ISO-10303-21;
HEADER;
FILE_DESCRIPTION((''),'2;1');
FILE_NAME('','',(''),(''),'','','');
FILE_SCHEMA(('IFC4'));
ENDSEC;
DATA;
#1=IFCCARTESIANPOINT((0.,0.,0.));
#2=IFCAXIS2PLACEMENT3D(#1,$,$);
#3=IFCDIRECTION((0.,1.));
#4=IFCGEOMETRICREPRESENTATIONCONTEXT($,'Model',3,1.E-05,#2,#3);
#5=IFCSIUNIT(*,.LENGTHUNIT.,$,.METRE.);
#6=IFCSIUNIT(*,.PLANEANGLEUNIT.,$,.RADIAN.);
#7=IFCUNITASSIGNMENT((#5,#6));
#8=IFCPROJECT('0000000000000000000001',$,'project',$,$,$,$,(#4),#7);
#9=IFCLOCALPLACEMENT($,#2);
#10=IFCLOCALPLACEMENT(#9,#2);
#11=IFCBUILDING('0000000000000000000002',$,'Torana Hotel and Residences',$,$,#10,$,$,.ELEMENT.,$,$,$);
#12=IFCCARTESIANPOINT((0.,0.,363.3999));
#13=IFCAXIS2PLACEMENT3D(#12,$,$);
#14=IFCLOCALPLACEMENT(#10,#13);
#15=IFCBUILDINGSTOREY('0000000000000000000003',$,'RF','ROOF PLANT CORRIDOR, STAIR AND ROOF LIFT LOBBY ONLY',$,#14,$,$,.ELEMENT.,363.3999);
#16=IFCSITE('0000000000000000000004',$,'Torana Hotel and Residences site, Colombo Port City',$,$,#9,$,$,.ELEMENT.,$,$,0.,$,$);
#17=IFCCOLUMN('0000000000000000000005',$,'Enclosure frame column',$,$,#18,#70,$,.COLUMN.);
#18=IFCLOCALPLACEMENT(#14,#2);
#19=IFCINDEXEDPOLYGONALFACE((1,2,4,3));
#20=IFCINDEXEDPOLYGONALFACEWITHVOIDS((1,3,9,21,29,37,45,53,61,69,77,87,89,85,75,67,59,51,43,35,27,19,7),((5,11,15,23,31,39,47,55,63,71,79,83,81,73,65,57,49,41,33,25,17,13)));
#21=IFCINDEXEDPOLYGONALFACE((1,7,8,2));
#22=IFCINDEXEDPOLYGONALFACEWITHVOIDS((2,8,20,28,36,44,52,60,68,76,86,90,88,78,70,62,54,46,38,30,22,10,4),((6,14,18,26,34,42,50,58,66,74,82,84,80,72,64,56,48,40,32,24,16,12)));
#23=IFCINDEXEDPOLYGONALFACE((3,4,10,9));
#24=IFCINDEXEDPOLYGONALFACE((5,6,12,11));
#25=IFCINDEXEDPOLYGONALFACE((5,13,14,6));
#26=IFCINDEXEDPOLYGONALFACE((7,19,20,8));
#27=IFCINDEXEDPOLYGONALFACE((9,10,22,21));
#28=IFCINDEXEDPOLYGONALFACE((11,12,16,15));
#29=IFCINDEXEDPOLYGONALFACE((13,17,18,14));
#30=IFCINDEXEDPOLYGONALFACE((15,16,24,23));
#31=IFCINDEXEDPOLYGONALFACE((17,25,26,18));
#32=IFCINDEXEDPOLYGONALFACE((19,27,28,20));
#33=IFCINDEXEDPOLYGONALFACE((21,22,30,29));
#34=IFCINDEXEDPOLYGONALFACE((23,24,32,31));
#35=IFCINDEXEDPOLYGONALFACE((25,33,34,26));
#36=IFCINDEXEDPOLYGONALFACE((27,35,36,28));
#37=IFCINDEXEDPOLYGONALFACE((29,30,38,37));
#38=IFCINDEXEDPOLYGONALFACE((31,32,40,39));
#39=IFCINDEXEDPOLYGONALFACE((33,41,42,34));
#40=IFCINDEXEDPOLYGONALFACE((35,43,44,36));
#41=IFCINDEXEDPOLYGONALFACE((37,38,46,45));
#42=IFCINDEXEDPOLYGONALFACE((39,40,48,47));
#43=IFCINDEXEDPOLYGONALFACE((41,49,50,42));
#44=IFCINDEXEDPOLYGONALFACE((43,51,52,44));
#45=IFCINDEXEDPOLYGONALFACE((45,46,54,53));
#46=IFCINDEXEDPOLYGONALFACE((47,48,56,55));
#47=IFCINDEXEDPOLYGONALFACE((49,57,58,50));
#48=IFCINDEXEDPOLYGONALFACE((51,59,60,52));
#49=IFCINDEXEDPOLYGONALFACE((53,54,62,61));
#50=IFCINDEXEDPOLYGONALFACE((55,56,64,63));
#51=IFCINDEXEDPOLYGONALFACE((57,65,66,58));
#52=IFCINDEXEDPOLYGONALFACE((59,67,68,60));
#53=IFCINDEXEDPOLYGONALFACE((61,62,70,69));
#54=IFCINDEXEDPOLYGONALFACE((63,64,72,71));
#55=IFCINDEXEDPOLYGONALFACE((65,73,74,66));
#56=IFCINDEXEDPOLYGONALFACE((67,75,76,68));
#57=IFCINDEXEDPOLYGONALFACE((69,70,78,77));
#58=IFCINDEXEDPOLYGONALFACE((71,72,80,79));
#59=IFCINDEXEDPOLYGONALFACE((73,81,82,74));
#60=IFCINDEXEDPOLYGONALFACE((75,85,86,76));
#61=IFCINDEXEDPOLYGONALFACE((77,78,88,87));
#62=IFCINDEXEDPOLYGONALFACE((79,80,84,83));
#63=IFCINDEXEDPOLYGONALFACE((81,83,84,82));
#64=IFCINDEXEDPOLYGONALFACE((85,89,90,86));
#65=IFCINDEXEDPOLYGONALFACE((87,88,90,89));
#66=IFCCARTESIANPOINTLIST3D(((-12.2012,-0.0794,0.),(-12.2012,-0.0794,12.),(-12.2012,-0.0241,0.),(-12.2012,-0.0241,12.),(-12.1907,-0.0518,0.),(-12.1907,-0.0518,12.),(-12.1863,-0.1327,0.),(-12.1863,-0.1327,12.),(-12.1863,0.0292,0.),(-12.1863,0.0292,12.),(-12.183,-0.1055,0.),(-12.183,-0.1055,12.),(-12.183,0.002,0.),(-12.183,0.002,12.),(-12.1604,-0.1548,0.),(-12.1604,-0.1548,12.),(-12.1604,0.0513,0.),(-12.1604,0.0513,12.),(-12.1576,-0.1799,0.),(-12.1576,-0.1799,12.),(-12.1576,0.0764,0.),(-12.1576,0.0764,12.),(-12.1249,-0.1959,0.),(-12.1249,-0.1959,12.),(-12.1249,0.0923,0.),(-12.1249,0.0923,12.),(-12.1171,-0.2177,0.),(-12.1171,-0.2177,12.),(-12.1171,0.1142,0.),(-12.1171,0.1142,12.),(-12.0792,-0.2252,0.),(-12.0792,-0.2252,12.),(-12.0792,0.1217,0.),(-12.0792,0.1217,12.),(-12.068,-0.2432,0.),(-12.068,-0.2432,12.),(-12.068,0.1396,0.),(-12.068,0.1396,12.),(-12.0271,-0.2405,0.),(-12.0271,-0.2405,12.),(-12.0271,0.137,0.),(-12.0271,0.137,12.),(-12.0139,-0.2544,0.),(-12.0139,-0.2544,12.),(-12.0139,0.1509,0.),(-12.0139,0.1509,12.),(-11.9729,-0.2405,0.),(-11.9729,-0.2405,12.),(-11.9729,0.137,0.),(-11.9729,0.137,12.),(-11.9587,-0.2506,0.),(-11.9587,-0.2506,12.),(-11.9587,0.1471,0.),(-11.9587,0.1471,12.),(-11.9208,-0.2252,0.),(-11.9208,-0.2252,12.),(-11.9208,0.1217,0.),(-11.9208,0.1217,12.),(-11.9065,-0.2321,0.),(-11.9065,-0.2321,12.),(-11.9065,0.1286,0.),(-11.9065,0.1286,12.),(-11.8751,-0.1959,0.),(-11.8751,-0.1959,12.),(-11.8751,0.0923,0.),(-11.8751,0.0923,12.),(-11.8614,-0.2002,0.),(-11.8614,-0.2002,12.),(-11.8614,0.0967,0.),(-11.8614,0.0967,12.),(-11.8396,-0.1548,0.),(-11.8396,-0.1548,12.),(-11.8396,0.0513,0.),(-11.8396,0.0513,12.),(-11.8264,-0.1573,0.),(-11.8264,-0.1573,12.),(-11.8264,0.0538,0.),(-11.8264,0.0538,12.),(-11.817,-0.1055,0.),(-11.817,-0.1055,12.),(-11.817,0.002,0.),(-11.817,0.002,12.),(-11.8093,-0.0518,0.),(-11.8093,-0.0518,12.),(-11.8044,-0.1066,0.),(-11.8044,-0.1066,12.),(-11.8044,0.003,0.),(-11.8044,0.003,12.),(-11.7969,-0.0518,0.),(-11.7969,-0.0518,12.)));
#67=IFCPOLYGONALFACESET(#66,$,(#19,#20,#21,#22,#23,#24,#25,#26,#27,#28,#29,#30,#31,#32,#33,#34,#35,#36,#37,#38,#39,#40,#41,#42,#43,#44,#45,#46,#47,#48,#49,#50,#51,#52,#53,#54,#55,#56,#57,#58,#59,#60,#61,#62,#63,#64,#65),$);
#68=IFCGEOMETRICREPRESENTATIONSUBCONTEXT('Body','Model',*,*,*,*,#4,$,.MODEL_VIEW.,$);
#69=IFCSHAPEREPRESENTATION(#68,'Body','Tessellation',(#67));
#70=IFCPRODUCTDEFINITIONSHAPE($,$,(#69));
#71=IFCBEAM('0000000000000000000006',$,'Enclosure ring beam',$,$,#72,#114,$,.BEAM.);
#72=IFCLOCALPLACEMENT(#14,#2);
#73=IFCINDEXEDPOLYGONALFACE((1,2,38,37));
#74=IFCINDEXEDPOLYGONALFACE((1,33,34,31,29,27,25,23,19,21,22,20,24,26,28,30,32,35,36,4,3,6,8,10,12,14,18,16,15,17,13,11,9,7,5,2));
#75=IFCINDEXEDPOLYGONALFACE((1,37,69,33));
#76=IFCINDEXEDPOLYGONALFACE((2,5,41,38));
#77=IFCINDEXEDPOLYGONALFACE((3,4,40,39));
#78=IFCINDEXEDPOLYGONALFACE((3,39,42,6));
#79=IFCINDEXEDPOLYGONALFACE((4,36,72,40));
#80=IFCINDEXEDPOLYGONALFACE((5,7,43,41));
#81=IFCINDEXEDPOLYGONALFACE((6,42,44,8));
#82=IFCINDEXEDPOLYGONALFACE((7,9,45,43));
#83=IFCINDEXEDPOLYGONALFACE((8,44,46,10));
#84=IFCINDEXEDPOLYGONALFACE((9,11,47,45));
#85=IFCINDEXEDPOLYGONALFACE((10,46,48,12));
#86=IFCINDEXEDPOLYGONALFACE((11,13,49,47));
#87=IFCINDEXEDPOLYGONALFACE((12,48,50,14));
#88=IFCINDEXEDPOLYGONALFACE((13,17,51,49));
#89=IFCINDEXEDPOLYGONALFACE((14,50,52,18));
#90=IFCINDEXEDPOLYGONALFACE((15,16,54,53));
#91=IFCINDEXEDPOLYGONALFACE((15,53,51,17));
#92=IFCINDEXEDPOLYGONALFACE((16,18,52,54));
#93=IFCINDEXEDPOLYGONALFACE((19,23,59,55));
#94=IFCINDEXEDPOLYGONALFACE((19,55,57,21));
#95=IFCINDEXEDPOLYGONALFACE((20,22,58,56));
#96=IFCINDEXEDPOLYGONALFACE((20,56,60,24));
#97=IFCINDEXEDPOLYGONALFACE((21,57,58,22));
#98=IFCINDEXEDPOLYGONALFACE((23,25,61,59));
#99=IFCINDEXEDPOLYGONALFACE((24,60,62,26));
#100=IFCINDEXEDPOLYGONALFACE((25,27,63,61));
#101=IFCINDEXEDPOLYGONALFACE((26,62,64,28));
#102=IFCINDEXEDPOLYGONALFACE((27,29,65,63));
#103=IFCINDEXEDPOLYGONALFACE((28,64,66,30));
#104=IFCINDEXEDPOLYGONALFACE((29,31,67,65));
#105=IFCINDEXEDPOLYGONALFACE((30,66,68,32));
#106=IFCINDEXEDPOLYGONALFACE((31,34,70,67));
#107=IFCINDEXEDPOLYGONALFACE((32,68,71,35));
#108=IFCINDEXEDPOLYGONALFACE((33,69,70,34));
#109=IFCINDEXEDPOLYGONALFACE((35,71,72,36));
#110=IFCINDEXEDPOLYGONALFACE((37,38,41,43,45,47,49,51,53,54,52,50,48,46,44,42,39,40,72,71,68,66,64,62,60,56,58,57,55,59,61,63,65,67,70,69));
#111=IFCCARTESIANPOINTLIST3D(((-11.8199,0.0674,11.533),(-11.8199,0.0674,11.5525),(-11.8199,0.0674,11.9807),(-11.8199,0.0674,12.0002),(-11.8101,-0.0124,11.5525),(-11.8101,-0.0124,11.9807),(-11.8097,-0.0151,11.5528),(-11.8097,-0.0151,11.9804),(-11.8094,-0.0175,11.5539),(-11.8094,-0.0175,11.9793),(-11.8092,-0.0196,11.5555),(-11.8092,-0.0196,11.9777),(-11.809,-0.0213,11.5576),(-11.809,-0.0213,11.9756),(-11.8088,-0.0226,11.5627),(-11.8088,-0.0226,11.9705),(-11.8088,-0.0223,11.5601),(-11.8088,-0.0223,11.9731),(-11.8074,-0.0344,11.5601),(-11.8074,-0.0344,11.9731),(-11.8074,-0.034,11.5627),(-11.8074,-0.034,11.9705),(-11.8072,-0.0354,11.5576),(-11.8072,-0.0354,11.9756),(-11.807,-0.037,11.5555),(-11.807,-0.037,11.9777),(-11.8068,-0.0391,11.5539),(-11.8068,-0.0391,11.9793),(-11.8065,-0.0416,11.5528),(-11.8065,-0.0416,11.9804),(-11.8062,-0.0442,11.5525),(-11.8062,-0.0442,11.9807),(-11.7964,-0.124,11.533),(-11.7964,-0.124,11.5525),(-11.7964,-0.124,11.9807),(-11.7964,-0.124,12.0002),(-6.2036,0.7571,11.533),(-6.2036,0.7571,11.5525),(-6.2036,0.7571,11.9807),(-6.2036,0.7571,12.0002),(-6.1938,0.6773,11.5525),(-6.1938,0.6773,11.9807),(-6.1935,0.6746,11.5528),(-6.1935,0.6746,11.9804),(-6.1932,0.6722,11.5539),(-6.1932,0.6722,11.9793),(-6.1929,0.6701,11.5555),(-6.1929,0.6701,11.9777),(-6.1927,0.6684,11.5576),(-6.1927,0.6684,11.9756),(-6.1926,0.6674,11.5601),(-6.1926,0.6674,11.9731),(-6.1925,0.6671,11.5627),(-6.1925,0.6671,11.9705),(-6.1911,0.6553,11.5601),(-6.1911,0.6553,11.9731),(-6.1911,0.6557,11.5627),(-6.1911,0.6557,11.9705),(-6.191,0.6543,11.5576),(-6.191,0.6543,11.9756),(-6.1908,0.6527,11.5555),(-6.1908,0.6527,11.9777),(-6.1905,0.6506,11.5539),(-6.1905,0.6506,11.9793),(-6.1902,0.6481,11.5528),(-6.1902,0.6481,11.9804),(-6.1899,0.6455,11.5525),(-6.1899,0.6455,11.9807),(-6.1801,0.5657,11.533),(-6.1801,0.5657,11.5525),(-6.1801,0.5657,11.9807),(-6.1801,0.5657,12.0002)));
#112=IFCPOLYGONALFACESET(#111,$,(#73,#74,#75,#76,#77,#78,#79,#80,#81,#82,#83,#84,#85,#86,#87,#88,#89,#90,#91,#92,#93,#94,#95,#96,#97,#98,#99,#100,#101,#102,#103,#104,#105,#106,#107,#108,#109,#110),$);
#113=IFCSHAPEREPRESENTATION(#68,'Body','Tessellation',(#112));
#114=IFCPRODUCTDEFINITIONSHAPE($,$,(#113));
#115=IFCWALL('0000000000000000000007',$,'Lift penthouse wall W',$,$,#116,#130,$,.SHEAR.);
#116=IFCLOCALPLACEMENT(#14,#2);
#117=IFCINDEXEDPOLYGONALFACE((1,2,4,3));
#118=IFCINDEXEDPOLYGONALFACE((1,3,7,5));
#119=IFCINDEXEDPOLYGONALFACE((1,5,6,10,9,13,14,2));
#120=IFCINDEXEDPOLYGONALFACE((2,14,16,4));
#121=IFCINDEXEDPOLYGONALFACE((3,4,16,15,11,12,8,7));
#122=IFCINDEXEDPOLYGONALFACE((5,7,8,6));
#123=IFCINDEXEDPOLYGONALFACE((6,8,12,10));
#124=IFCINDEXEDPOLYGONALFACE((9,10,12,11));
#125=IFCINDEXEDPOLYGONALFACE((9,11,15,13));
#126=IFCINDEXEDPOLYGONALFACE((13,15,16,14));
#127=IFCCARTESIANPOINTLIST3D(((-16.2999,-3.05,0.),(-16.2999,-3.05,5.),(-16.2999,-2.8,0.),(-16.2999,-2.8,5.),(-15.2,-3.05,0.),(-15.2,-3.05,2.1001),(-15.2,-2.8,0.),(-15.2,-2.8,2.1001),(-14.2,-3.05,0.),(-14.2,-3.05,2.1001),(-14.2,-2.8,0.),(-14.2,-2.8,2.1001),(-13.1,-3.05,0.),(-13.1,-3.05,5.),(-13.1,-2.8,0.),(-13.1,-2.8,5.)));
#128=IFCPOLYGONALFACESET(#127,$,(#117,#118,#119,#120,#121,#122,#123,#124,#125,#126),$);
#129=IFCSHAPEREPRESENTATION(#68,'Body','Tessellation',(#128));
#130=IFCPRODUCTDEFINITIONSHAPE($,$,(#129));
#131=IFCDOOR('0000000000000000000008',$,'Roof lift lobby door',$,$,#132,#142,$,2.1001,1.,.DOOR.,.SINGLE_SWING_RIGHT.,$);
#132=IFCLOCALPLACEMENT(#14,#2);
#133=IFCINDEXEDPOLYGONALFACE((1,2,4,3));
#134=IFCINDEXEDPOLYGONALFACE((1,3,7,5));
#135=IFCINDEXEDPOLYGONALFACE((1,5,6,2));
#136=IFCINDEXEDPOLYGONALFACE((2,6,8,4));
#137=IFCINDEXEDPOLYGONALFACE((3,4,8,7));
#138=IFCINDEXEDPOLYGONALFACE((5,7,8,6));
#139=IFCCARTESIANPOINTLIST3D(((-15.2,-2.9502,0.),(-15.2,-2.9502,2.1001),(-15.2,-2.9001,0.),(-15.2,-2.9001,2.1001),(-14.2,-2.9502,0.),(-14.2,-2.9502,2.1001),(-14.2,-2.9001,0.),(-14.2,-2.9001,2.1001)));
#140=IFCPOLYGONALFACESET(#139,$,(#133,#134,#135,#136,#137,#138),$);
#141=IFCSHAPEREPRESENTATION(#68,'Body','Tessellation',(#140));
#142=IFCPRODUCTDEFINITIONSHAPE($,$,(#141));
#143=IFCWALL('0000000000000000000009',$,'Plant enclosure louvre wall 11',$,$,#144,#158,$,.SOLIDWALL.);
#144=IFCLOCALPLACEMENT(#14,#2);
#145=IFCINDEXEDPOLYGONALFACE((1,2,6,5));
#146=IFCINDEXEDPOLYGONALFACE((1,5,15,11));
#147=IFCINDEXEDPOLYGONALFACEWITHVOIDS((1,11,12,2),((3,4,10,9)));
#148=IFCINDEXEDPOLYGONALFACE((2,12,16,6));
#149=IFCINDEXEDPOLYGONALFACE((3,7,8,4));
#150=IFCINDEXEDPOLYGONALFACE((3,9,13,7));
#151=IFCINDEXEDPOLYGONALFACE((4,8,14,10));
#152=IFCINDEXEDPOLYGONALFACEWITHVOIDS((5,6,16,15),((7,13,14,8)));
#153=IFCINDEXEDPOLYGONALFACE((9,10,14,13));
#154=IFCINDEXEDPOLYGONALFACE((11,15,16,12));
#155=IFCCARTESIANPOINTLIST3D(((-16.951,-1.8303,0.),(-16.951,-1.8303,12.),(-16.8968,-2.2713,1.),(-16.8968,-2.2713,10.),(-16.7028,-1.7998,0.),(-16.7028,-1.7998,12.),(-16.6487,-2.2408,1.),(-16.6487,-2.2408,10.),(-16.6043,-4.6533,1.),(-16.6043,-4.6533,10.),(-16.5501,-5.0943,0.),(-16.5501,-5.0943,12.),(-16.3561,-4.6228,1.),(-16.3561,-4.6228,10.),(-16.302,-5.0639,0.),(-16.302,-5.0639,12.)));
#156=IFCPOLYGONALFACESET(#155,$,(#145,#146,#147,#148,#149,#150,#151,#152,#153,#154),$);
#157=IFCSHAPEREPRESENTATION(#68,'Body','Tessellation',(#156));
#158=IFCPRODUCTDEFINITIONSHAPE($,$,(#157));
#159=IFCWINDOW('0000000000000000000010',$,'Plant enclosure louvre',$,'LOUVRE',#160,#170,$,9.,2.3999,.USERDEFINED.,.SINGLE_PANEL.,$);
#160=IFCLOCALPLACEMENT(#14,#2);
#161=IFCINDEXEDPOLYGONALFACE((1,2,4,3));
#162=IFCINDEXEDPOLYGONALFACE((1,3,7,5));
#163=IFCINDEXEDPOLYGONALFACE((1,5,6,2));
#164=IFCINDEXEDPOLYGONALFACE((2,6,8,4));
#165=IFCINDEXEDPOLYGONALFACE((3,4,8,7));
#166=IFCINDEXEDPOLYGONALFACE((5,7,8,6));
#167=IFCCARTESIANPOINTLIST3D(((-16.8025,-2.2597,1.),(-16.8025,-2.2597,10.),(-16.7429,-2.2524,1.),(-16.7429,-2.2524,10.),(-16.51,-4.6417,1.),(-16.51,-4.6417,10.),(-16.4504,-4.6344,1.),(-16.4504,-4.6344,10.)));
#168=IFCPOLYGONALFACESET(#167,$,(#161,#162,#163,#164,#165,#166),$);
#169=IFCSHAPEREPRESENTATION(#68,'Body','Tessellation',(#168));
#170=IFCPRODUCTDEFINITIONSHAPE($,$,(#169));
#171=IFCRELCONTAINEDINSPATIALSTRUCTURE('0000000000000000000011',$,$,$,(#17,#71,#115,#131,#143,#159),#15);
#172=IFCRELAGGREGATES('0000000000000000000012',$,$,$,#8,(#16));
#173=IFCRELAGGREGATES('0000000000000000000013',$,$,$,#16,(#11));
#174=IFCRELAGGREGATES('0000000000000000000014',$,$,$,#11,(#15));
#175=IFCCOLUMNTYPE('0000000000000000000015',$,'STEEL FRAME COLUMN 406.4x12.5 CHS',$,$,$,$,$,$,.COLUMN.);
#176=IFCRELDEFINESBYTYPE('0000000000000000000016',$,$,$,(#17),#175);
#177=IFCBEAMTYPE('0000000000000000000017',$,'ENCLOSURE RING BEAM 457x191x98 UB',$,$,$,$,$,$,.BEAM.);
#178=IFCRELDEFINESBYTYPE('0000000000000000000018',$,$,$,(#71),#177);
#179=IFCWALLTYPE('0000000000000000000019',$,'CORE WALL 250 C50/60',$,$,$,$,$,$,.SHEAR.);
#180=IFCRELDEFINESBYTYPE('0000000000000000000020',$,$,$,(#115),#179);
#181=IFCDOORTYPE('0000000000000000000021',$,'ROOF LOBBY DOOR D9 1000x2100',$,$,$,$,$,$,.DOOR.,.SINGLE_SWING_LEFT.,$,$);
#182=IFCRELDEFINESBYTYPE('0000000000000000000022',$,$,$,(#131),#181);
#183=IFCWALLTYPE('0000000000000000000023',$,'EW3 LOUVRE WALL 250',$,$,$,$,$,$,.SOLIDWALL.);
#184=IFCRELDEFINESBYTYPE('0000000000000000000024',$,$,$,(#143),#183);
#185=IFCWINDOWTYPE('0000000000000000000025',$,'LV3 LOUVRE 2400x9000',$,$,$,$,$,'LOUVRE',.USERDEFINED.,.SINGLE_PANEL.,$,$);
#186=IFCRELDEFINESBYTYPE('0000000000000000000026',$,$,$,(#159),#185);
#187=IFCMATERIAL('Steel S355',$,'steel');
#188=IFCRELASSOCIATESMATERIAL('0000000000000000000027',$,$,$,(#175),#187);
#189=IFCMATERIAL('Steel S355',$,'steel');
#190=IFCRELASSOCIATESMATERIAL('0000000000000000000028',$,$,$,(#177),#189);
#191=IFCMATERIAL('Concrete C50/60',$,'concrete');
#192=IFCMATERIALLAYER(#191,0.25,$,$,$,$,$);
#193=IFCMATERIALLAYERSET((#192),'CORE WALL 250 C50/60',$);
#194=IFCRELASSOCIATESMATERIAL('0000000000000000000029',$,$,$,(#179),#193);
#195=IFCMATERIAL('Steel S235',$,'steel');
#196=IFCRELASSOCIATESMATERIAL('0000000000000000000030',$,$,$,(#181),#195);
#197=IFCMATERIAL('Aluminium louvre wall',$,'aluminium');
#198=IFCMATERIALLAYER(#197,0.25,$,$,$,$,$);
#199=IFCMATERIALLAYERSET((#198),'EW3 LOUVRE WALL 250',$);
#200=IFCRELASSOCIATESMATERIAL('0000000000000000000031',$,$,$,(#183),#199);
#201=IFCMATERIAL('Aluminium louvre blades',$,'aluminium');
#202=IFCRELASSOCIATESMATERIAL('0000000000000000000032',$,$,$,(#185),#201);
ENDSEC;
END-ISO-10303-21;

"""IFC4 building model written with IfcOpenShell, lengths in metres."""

from ifc_helpers import new_model, si_unit, direction, frame, frame_2d, origin, origin_2d, place, context, subcontext, project, spatial, rectangle, hollow_circle, i_section, extrude, material, layer, layer_set, material_profile, profile_set, type_object, element, fill, save


model = new_model("IFC4")

# Units and contexts
model_context = context("Model", 3, precision=1e-05, world=origin(), true_north=direction((0.0, 1.0)))
body_context = subcontext(model_context, "Body", "Model", "MODEL_VIEW")
ifc_project = project(units=[si_unit("LENGTHUNIT", "METRE"), si_unit("PLANEANGLEUNIT", "RADIAN")], contexts=[model_context])

# Site, building, storey
site_placement = place(None, origin())
site = spatial("IfcSite", under=ifc_project, at=site_placement, Name="Torana Hotel and Residences site, Colombo Port City", CompositionType="ELEMENT", RefElevation=0.0)
building_placement = place(site_placement, origin())
building = spatial("IfcBuilding", under=site, at=building_placement, Name="Torana Hotel and Residences", CompositionType="ELEMENT")
storey_placement = place(building_placement, frame((0.0, 0.0, 363.3999)))
storey = spatial("IfcBuildingStorey", under=building, at=storey_placement, Name="RF", Description="ROOF PLANT CORRIDOR, STAIR AND ROOF LIFT LOBBY ONLY", CompositionType="ELEMENT", Elevation=363.3999)

# Column
ifc_material_1 = material(Name="Steel S355", Category="steel")
ifc_material_profile_1 = material_profile(ifc_material_1, hollow_circle(Radius=0.2031, WallThickness=0.0125, at=origin_2d()), Name="406.4x12.5 CHS")
ifc_profile_set_1 = profile_set([ifc_material_profile_1], Name="Steel S355")
column_type = type_object("IfcColumnType", Name="STEEL FRAME COLUMN 406.4x12.5 CHS", PredefinedType="COLUMN", material=ifc_profile_set_1)
column_placement = place(storey_placement, frame((-12.0, -0.0518, 0.0), z_axis=(0.0, 0.0, 1.0), x_axis=(1.0, 0.0, 0.0)))
element("IfcColumn", 1, at=column_placement, inside=storey, type_object=column_type, Name="Enclosure frame column", PredefinedType="COLUMN", context=body_context, shape_type="SweptSolid", body=[
    extrude(hollow_circle(Radius=0.2031, WallThickness=0.0125, at=origin_2d()), origin(), (0.0, 0.0, 1.0), 12.0),
])

# Beam
ifc_material_2 = material(Name="Steel S355", Category="steel")
ifc_material_profile_2 = material_profile(ifc_material_2, i_section(OverallWidth=0.1929, OverallDepth=0.4673, WebThickness=0.0115, FlangeThickness=0.0195, FilletRadius=0.0103, at=origin_2d()), Name="457x191x98 UB")
ifc_profile_set_2 = profile_set([ifc_material_profile_2], Name="Steel S355")
beam_type = type_object("IfcBeamType", Name="ENCLOSURE RING BEAM 457x191x98 UB", PredefinedType="BEAM", material=ifc_profile_set_2)
beam_placement = place(storey_placement, frame((-11.8081, -0.0283, 11.7666), z_axis=(0.992544, 0.121889, 0.0), x_axis=(-0.121889, 0.992544, 0.0)))
element("IfcBeam", 2, at=beam_placement, inside=storey, type_object=beam_type, Name="Enclosure ring beam", PredefinedType="BEAM", context=body_context, shape_type="SweptSolid", body=[
    extrude(i_section(OverallWidth=0.1929, OverallDepth=0.4673, WebThickness=0.0115, FlangeThickness=0.0195, FilletRadius=0.0103, at=origin_2d()), origin(), (0.0, 0.0, 1.0), 5.6584),
])

# Wall, opening, door
ifc_material_3 = material(Name="Concrete C50/60", Category="concrete")
ifc_layer_1 = layer(ifc_material_3, 0.25)
ifc_layer_set_1 = layer_set([ifc_layer_1], Name="CORE WALL 250 C50/60")
wall_type_1 = type_object("IfcWallType", Name="CORE WALL 250 C50/60", PredefinedType="SHEAR", material=ifc_layer_set_1)
wall_1_placement = place(storey_placement, frame((-16.3, -2.925, 0.0), z_axis=(0.0, 0.0, 1.0), x_axis=(1.0, 0.0, 0.0)))
wall_1 = element("IfcWall", 3, at=wall_1_placement, inside=storey, type_object=wall_type_1, Name="Lift penthouse wall W", PredefinedType="SHEAR", context=body_context, shape_type="SweptSolid", body=[
    extrude(rectangle(XDim=3.2, YDim=0.25, at=frame_2d((1.6001, 0.0))), origin(), (0.0, 0.0, 1.0), 5.0),
])
opening_1_placement = place(wall_1_placement, frame((1.1001, 0.0, 0.0)))
opening_1 = element("IfcOpeningElement", 4, at=opening_1_placement, cuts=wall_1, PredefinedType="OPENING", context=body_context, shape_type="SweptSolid", body=[
    extrude(rectangle(XDim=1.0, YDim=2.1001, at=frame_2d((0.5, 1.05))), frame((0.0, 0.135, 0.0), z_axis=(0.0, -1.0, 0.0), x_axis=(1.0, 0.0, 0.0)), (0.0, 0.0, 1.0), 0.27),
])
ifc_material_4 = material(Name="Steel S235", Category="steel")
door_type_1 = type_object("IfcDoorType", Name="ROOF LOBBY DOOR D9 1000x2100", OperationType="SINGLE_SWING_LEFT", PredefinedType="DOOR", material=ifc_material_4)
door_1_placement = place(opening_1_placement, origin())
door_1 = element("IfcDoor", 5, at=door_1_placement, inside=storey, type_object=door_type_1, Name="Roof lift lobby door", OperationType="SINGLE_SWING_RIGHT", OverallHeight=2.1001, OverallWidth=1.0, PredefinedType="DOOR", context=body_context, shape_type="SweptSolid", body=[
    extrude(rectangle(XDim=1.0, YDim=2.1001, at=frame_2d((0.5, 1.05))), frame((0.0, 0.0249, 0.0), z_axis=(0.0, -1.0, 0.0), x_axis=(1.0, 0.0, 0.0)), (0.0, 0.0, 1.0), 0.05),
])
fill(opening_1, door_1)

# Wall, opening, window
ifc_material_5 = material(Name="Aluminium louvre wall", Category="aluminium")
ifc_layer_2 = layer(ifc_material_5, 0.25)
ifc_layer_set_2 = layer_set([ifc_layer_2], Name="EW3 LOUVRE WALL 250")
wall_type_2 = type_object("IfcWallType", Name="EW3 LOUVRE WALL 250", PredefinedType="SOLIDWALL", material=ifc_layer_set_2)
wall_2_placement = place(storey_placement, frame((-16.426, -5.0791, 0.0), z_axis=(0.0, 0.0, 1.0), x_axis=(-0.121896, 0.992543, 0.0)))
wall_2 = element("IfcWall", 6, at=wall_2_placement, inside=storey, type_object=wall_type_2, Name="Plant enclosure louvre wall 11", PredefinedType="SOLIDWALL", context=body_context, shape_type="SweptSolid", body=[
    extrude(rectangle(XDim=3.2886, YDim=0.25, at=frame_2d((1.6443, 0.0))), origin(), (0.0, 0.0, 1.0), 12.0),
])
opening_2_placement = place(wall_2_placement, frame((0.4443, 0.0, 1.0)))
opening_2 = element("IfcOpeningElement", 7, at=opening_2_placement, cuts=wall_2, PredefinedType="OPENING", context=body_context, shape_type="SweptSolid", body=[
    extrude(rectangle(XDim=2.3999, YDim=9.0, at=frame_2d((1.2, 4.5))), frame((0.0, 0.135, 0.0), z_axis=(0.0, -1.0, 0.0), x_axis=(1.0, 0.0, 0.0)), (0.0, 0.0, 1.0), 0.27),
])
ifc_material_6 = material(Name="Aluminium louvre blades", Category="aluminium")
window_type = type_object("IfcWindowType", Name="LV3 LOUVRE 2400x9000", ElementType="LOUVRE", PartitioningType="SINGLE_PANEL", PredefinedType="USERDEFINED", material=ifc_material_6)
window_1_placement = place(opening_2_placement, origin())
window_1 = element("IfcWindow", 8, at=window_1_placement, inside=storey, type_object=window_type, Name="Plant enclosure louvre", ObjectType="LOUVRE", OverallHeight=9.0, OverallWidth=2.3999, PartitioningType="SINGLE_PANEL", PredefinedType="USERDEFINED", context=body_context, shape_type="SweptSolid", body=[
    extrude(rectangle(XDim=2.3999, YDim=9.0, at=frame_2d((1.2, 4.5))), frame((0.0, 0.03, 0.0), z_axis=(0.0, -1.0, 0.0), x_axis=(1.0, 0.0, 0.0)), (0.0, 0.0, 1.0), 0.0601),
])
fill(opening_2, window_1)

save(model, "model.ifc")
